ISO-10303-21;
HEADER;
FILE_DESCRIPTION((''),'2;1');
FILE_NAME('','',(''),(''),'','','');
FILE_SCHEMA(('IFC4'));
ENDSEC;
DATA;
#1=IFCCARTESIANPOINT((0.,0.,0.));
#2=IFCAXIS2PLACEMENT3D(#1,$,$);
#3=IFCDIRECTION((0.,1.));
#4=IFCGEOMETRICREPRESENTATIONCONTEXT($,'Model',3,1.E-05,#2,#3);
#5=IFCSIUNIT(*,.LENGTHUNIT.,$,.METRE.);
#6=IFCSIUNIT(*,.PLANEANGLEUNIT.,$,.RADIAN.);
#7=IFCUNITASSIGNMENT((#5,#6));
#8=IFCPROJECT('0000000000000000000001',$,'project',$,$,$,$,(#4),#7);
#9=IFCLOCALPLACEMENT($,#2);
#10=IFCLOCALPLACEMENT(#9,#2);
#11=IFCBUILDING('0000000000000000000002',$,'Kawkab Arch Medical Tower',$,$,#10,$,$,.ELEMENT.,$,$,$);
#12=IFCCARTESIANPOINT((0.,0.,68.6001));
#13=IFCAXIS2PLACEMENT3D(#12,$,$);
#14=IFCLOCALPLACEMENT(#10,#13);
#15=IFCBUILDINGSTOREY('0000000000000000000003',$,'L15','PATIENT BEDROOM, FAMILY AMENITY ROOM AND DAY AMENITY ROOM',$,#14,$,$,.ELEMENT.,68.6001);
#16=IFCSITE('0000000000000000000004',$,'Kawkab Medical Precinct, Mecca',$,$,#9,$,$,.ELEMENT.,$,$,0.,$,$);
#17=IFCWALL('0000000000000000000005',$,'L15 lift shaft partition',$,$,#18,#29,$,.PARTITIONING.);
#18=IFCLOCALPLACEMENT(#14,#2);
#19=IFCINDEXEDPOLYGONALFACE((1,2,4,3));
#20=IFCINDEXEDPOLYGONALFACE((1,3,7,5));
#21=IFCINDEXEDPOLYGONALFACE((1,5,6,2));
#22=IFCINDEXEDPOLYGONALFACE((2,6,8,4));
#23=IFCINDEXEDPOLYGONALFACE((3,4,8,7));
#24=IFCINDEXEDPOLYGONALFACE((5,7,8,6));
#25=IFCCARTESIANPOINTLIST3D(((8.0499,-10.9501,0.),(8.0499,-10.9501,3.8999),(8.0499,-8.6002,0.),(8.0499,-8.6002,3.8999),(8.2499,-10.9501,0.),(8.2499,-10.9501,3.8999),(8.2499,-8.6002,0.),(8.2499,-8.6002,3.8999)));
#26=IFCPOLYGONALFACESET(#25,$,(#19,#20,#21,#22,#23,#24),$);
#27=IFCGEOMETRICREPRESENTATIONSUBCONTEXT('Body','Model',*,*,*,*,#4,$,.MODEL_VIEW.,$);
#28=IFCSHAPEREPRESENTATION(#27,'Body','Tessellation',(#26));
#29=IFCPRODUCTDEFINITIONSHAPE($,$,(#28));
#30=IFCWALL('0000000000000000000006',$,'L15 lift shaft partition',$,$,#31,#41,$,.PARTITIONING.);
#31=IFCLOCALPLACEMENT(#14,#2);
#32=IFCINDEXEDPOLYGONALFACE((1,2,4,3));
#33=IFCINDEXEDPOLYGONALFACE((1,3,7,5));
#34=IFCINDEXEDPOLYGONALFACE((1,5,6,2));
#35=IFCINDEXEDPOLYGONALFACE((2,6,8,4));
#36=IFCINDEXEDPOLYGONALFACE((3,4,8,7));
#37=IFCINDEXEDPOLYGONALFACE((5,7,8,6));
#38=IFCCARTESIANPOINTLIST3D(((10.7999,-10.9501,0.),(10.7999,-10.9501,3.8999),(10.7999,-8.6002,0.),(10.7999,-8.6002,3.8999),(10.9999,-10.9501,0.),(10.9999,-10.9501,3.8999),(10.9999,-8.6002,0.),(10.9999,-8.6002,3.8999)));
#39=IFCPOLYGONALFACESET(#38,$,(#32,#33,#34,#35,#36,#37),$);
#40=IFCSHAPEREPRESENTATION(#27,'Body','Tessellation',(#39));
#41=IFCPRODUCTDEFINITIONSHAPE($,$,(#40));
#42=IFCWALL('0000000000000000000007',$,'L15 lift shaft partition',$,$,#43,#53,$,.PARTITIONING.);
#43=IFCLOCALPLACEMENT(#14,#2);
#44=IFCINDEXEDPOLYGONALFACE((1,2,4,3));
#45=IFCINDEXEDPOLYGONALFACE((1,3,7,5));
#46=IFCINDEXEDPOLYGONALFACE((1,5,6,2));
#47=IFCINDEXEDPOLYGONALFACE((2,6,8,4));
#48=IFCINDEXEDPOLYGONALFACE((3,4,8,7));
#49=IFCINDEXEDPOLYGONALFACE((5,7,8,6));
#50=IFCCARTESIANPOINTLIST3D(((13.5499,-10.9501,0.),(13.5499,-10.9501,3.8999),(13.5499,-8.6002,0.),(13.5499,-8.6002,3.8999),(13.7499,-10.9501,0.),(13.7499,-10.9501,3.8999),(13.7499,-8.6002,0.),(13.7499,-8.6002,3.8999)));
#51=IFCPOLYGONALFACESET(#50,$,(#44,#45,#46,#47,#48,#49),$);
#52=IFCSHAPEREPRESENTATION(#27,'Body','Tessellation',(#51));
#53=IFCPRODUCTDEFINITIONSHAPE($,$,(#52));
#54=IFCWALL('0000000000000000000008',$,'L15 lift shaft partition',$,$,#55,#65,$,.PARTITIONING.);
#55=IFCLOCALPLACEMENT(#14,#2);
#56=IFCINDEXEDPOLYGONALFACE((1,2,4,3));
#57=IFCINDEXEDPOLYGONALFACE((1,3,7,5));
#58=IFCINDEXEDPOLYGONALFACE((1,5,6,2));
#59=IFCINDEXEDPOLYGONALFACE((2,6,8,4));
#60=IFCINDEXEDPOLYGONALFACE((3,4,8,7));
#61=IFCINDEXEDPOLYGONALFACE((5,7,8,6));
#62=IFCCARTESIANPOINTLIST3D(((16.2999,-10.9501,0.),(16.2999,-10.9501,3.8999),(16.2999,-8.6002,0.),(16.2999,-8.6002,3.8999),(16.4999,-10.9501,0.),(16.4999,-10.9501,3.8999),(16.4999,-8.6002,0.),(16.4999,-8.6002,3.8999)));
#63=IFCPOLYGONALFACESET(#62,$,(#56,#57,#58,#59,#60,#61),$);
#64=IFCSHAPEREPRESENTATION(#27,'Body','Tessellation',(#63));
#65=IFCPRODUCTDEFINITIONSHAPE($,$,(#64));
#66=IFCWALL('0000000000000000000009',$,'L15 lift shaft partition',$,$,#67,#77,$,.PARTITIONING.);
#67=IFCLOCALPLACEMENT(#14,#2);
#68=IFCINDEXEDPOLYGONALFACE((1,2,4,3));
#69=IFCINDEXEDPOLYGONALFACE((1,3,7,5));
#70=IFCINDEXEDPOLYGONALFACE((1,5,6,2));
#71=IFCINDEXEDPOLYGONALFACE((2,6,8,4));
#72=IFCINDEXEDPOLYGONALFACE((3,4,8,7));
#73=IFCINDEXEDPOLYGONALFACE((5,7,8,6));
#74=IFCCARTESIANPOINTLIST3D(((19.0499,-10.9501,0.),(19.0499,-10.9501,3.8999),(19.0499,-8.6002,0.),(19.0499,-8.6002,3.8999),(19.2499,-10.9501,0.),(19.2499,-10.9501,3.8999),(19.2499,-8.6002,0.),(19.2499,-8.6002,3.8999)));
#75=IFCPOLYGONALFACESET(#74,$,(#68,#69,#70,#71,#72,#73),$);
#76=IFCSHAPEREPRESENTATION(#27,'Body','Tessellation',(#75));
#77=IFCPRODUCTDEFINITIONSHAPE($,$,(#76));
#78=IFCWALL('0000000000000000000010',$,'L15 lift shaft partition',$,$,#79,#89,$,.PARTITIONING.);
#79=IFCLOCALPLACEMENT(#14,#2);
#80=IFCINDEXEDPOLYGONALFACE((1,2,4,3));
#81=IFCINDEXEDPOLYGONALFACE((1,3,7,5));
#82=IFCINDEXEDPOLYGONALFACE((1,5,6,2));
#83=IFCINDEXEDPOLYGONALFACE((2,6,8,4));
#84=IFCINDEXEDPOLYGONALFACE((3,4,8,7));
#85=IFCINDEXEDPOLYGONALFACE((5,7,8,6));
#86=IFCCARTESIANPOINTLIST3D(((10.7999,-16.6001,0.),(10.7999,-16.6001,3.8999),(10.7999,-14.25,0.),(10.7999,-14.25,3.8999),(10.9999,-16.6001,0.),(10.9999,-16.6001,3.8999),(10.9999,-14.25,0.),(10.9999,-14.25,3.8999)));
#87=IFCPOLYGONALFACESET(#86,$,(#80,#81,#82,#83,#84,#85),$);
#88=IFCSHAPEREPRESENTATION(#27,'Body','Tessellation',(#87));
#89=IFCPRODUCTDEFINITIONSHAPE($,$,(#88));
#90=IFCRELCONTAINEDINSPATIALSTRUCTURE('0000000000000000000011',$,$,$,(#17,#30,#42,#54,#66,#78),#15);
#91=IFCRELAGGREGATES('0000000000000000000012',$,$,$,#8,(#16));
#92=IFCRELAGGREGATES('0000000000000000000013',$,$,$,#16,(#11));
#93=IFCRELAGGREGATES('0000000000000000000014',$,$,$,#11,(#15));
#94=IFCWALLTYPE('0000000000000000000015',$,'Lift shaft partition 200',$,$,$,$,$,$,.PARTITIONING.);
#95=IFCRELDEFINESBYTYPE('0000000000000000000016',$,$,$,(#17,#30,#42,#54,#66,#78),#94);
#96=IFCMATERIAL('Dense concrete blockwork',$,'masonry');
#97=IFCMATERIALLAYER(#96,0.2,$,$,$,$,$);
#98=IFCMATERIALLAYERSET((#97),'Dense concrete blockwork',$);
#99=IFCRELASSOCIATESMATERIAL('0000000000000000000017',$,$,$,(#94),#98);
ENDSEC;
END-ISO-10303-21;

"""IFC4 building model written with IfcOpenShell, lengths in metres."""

from ifc_helpers import new_model, si_unit, direction, frame, frame_2d, origin, place, context, subcontext, project, spatial, rectangle, extrude, material, layer, layer_set, type_object, element, save


model = new_model("IFC4")

# Units and contexts
model_context = context("Model", 3, precision=1e-05, world=origin(), true_north=direction((0.0, 1.0)))
body_context = subcontext(model_context, "Body", "Model", "MODEL_VIEW")
ifc_project = project(units=[si_unit("LENGTHUNIT", "METRE"), si_unit("PLANEANGLEUNIT", "RADIAN")], contexts=[model_context])

# Site, building, storey
site_placement = place(None, origin())
site = spatial("IfcSite", under=ifc_project, at=site_placement, Name="Kawkab Medical Precinct, Mecca", CompositionType="ELEMENT", RefElevation=0.0)
building_placement = place(site_placement, origin())
building = spatial("IfcBuilding", under=site, at=building_placement, Name="Kawkab Arch Medical Tower", CompositionType="ELEMENT")
storey_placement = place(building_placement, frame((0.0, 0.0, 68.6001)))
storey = spatial("IfcBuildingStorey", under=building, at=storey_placement, Name="L15", Description="PATIENT BEDROOM, FAMILY AMENITY ROOM AND DAY AMENITY ROOM", CompositionType="ELEMENT", Elevation=68.6001)

# Walls
ifc_material_1 = material(Name="Dense concrete blockwork", Category="masonry")
ifc_layer_1 = layer(ifc_material_1, 0.2)
ifc_layer_set_1 = layer_set([ifc_layer_1], Name="Dense concrete blockwork")
wall_type_1 = type_object("IfcWallType", Name="Lift shaft partition 200", PredefinedType="PARTITIONING", material=ifc_layer_set_1)
for number, where, z_axis, x_axis, name in (
    (1, (8.1499, -10.95, 0.0), (0.0, 0.0, 1.0), (0.0, 1.0, 0.0), "L15 lift shaft partition"),
    (2, (10.8999, -10.95, 0.0), (0.0, 0.0, 1.0), (0.0, 1.0, 0.0), "L15 lift shaft partition"),
    (3, (13.6499, -10.95, 0.0), (0.0, 0.0, 1.0), (0.0, 1.0, 0.0), "L15 lift shaft partition"),
    (4, (16.3999, -10.95, 0.0), (0.0, 0.0, 1.0), (0.0, 1.0, 0.0), "L15 lift shaft partition"),
    (5, (19.1499, -10.95, 0.0), (0.0, 0.0, 1.0), (0.0, 1.0, 0.0), "L15 lift shaft partition"),
):
    element("IfcWall", number, at=place(storey_placement, frame(where, z_axis=z_axis, x_axis=x_axis)), inside=storey, type_object=wall_type_1, Name=name, PredefinedType="PARTITIONING", context=body_context, shape_type="SweptSolid", body=[
        extrude(rectangle(XDim=2.3499, YDim=0.2, at=frame_2d((1.1748, 0.0))), origin(), (0.0, 0.0, 1.0), 3.8999),
    ])
wall_1_placement = place(storey_placement, frame((10.8999, -16.6001, 0.0), z_axis=(0.0, 0.0, 1.0), x_axis=(0.0, 1.0, 0.0)))
element("IfcWall", 6, at=wall_1_placement, inside=storey, type_object=wall_type_1, Name="L15 lift shaft partition", PredefinedType="PARTITIONING", context=body_context, shape_type="SweptSolid", body=[
    extrude(rectangle(XDim=2.3501, YDim=0.2, at=frame_2d((1.175, 0.0))), origin(), (0.0, 0.0, 1.0), 3.8999),
])

save(model, "model.ifc")
